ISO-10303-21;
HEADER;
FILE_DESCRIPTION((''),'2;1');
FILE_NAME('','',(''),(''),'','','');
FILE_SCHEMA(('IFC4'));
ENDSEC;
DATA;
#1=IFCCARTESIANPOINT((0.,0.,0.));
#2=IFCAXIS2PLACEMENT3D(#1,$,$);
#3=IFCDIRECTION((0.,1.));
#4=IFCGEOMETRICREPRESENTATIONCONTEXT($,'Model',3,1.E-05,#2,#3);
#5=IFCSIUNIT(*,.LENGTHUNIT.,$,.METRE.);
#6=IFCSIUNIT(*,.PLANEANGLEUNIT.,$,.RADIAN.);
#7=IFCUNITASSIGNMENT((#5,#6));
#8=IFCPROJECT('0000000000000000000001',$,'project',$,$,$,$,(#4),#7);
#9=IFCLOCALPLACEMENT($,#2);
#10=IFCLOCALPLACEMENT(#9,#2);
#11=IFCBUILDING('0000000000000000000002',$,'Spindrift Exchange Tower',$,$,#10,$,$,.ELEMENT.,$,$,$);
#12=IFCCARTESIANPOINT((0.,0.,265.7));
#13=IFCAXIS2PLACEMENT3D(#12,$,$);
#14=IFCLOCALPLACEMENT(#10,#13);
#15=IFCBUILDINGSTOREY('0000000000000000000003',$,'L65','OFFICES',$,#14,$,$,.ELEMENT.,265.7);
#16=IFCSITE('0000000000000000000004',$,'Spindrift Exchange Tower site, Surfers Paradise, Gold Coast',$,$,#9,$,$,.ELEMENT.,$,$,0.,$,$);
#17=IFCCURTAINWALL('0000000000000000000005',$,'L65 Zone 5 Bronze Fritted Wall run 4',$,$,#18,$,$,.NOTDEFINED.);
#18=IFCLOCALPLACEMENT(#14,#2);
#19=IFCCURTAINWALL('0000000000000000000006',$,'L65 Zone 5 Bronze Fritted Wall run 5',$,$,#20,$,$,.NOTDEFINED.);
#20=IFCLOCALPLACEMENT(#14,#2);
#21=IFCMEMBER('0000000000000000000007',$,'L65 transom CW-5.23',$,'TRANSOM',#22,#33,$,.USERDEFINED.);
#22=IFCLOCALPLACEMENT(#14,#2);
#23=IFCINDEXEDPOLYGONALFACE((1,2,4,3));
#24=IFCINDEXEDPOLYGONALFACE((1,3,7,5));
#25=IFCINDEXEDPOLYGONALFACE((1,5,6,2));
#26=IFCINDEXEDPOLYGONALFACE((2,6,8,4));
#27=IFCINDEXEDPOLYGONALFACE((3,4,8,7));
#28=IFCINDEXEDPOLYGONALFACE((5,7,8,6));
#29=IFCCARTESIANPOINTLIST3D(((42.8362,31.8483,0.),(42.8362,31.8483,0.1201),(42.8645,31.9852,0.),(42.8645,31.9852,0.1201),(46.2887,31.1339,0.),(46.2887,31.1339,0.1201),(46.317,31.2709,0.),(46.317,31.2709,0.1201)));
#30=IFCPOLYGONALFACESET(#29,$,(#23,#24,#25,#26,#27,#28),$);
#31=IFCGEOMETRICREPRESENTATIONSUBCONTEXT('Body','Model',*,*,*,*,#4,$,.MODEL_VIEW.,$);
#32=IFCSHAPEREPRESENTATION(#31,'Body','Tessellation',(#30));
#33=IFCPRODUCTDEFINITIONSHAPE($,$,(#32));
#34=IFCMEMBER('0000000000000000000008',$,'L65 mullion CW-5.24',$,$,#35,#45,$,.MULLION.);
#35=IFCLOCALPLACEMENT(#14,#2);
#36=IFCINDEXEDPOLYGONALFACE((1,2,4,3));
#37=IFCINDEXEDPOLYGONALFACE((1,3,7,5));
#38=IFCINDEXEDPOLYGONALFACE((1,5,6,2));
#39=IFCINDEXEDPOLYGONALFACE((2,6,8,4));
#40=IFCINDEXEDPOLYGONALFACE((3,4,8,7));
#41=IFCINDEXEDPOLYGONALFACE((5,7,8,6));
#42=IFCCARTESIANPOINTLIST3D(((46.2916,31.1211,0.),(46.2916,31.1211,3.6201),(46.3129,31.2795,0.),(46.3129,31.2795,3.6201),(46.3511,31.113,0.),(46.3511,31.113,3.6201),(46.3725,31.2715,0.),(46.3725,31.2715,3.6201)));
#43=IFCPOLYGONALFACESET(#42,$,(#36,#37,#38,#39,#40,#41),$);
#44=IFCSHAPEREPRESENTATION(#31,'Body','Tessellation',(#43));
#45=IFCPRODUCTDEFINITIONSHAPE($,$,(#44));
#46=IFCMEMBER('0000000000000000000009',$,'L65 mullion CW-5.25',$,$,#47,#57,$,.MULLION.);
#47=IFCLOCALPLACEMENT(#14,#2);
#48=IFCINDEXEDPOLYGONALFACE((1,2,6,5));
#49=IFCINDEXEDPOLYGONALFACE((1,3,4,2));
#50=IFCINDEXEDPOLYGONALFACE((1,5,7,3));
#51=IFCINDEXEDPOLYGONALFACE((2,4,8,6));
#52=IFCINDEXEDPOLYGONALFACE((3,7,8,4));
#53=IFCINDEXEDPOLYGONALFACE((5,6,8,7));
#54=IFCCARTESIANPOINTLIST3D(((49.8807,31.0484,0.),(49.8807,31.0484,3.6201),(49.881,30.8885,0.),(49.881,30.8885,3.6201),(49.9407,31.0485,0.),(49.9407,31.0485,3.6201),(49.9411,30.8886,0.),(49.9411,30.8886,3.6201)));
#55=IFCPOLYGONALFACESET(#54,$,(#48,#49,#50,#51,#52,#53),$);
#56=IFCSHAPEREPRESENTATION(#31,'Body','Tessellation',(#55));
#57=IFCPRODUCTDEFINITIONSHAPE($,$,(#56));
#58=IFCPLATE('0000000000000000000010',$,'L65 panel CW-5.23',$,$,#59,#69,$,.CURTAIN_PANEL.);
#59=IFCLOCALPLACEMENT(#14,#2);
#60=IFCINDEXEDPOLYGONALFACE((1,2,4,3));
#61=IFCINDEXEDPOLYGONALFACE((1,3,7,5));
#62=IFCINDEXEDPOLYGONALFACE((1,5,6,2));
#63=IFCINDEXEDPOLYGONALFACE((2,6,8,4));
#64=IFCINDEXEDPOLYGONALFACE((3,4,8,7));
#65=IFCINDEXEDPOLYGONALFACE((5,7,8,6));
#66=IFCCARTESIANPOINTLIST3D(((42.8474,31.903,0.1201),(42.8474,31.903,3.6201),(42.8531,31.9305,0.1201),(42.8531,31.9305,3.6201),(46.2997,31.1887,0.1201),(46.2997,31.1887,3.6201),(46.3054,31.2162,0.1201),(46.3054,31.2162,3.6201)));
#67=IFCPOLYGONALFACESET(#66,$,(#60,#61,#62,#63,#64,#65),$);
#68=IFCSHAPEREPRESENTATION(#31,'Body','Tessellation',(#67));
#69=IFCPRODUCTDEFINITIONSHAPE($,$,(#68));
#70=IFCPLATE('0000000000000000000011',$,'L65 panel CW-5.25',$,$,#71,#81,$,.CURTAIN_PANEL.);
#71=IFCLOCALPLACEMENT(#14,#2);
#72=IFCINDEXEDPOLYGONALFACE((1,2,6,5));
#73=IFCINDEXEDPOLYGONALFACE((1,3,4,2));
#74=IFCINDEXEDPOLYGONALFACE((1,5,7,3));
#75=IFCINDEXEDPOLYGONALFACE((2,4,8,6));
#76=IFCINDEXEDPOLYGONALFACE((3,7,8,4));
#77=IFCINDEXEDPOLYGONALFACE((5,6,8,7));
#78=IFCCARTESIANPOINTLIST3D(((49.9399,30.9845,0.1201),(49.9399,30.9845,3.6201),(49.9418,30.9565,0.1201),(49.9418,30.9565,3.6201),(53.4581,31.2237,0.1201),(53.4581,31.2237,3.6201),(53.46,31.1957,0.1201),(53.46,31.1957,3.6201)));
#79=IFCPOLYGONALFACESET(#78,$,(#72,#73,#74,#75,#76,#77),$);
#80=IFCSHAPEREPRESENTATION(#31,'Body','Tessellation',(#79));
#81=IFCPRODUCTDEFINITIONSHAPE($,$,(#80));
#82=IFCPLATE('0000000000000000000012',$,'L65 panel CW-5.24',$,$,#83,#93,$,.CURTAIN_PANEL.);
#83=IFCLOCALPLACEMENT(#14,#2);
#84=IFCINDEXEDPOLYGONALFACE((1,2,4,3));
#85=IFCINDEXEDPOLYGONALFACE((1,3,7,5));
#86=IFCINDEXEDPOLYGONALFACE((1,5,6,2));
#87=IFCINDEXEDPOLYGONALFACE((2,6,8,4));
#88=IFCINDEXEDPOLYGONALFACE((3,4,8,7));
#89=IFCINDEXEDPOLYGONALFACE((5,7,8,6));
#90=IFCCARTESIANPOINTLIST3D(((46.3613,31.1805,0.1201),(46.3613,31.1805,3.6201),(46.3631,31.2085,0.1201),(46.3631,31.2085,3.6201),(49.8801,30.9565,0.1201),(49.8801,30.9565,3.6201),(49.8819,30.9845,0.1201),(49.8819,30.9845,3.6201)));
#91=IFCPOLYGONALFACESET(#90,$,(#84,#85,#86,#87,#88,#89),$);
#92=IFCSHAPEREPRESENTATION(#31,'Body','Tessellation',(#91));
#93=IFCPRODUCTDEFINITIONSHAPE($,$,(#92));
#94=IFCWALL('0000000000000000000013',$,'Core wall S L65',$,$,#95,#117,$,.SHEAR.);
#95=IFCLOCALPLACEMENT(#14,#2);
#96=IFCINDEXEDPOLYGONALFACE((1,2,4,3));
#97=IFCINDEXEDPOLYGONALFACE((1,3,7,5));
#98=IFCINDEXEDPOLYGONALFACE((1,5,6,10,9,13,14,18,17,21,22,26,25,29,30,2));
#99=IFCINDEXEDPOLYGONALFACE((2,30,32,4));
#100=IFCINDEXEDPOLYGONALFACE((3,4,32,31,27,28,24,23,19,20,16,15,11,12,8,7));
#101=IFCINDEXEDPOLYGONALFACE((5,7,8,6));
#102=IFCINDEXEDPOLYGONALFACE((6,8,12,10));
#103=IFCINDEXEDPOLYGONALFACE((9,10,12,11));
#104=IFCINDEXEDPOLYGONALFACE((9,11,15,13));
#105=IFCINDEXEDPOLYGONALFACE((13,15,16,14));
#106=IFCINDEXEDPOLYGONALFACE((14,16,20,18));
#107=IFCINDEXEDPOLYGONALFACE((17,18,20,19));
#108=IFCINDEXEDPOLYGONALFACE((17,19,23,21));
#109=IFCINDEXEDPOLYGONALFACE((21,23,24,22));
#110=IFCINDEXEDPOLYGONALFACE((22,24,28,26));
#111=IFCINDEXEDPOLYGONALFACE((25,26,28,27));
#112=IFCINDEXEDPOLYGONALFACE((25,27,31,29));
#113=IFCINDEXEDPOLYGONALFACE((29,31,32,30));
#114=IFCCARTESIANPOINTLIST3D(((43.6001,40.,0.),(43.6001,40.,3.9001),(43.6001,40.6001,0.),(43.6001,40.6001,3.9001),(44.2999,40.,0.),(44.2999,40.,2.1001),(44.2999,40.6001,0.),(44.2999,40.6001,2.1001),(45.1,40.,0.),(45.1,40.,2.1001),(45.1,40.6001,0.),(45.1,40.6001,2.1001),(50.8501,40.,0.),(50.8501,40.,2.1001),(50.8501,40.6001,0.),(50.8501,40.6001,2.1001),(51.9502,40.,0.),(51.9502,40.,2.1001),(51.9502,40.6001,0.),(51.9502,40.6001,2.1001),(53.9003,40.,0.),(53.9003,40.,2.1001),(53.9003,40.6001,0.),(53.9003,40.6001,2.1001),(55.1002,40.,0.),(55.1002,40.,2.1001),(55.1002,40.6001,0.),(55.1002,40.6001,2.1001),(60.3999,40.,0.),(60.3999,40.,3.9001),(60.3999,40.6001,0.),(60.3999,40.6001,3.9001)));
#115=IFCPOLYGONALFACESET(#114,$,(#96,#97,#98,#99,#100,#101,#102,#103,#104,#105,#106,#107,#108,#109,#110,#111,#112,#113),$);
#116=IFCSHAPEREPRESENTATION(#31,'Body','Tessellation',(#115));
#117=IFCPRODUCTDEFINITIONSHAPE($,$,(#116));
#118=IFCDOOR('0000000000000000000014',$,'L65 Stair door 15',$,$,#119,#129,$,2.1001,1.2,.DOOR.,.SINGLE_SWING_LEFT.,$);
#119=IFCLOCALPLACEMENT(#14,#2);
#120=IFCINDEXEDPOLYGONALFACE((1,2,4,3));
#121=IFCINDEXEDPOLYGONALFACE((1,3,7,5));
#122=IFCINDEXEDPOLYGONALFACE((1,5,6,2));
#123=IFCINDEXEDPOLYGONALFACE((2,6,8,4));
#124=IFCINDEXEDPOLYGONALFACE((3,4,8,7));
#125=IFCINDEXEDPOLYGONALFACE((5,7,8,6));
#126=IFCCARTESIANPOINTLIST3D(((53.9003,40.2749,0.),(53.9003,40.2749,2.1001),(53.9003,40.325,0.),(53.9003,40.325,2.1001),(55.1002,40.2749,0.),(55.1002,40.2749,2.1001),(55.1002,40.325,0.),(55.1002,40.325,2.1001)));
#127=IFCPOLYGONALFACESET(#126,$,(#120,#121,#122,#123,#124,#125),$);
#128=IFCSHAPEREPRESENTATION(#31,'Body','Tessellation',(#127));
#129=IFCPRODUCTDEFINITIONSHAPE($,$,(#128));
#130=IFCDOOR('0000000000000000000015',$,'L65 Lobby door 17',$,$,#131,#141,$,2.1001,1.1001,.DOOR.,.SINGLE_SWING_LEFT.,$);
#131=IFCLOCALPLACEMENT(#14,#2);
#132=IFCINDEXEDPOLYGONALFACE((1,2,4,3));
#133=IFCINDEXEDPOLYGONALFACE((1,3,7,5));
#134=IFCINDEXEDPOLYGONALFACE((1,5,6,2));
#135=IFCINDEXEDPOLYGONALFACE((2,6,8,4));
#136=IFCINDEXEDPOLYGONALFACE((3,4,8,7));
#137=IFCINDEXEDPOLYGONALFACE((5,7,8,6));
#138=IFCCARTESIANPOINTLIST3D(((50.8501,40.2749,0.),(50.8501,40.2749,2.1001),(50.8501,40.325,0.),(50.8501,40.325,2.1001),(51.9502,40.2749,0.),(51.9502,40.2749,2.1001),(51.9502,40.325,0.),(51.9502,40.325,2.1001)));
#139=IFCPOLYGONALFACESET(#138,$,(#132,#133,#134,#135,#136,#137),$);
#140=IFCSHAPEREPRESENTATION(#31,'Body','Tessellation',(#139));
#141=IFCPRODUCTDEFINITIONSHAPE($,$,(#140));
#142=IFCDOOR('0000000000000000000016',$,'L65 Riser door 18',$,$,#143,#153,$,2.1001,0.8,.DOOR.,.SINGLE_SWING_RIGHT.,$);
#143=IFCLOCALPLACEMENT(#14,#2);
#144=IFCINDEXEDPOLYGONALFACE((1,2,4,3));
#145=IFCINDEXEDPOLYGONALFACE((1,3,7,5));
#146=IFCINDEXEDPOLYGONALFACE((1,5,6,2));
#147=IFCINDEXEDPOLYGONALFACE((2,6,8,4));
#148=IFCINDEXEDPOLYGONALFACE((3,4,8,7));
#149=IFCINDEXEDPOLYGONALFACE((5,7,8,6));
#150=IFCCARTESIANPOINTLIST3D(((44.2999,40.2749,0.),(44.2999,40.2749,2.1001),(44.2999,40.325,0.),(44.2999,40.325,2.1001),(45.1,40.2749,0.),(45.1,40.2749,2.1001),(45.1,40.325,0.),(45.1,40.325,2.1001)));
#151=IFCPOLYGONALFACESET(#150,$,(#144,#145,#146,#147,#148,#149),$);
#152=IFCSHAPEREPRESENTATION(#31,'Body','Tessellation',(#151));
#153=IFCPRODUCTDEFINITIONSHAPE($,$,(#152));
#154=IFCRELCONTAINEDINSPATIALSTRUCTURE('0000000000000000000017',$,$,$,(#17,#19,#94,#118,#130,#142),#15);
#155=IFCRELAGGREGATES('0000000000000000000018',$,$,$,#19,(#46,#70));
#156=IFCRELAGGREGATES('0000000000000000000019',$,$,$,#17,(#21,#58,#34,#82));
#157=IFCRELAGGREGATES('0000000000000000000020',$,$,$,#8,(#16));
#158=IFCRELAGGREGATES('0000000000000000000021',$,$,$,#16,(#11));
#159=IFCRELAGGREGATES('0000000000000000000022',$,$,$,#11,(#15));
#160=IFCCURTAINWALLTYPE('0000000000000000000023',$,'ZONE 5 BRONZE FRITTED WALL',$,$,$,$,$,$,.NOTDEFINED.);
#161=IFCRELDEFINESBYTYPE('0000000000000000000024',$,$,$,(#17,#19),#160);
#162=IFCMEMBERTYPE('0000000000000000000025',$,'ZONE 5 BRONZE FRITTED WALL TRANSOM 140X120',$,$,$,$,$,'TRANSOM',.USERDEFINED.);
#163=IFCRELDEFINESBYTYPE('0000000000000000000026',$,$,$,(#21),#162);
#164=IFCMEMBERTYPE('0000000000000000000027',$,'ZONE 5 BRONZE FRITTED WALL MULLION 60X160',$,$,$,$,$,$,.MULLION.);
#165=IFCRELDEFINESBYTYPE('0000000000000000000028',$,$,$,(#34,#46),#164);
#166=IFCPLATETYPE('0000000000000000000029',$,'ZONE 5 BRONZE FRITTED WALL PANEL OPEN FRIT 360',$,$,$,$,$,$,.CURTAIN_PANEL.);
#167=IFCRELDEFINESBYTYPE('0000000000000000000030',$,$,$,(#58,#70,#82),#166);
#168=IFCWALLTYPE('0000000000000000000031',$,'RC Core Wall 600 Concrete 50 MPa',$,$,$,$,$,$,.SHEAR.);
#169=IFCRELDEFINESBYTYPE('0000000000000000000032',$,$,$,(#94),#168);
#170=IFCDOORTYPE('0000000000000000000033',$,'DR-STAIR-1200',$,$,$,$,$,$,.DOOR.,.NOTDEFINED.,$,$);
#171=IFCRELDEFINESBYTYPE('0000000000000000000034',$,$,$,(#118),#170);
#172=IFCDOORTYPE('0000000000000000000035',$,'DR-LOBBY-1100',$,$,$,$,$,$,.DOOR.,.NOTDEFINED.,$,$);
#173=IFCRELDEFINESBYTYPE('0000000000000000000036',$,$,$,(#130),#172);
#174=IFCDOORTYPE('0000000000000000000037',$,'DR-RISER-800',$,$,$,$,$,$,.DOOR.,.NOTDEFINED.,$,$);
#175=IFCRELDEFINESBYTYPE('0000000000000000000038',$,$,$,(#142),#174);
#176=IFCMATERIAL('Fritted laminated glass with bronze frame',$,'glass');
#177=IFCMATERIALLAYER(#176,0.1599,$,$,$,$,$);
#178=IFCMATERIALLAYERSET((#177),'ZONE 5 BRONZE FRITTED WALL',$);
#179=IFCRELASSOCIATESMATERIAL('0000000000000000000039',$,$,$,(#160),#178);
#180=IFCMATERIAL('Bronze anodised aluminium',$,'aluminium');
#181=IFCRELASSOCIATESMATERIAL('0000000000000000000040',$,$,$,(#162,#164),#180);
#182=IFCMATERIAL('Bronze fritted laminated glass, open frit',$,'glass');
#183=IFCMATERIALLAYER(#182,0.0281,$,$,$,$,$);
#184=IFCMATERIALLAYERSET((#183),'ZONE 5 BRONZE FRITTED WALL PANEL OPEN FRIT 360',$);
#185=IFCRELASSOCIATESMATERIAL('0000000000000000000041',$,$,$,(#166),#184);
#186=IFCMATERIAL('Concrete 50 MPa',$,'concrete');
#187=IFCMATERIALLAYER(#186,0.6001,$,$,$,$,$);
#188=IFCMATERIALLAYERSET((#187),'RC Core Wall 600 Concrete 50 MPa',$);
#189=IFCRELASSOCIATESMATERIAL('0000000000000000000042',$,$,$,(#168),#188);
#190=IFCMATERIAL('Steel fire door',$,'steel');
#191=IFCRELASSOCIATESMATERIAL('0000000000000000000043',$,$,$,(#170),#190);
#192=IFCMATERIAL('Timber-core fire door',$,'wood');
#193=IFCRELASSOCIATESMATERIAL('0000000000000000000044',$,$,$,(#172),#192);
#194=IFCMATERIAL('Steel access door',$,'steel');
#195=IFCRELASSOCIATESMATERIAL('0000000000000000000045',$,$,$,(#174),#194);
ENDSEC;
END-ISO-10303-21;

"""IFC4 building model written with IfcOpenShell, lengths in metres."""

from ifc_helpers import new_model, si_unit, direction, frame, frame_2d, origin, origin_2d, place, context, subcontext, project, spatial, rectangle, extrude, source, transform, mapped, material, layer, layer_set, material_profile, profile_set, type_object, element, fill, aggregate, save


model = new_model("IFC4")

# Units and contexts
model_context = context("Model", 3, precision=1e-05, world=origin(), true_north=direction((0.0, 1.0)))
body_context = subcontext(model_context, "Body", "Model", "MODEL_VIEW")
ifc_project = project(units=[si_unit("LENGTHUNIT", "METRE"), si_unit("PLANEANGLEUNIT", "RADIAN")], contexts=[model_context])

# Site, building, storey
site_placement = place(None, origin())
site = spatial("IfcSite", under=ifc_project, at=site_placement, Name="Spindrift Exchange Tower site, Surfers Paradise, Gold Coast", CompositionType="ELEMENT", RefElevation=0.0)
building_placement = place(site_placement, origin())
building = spatial("IfcBuilding", under=site, at=building_placement, Name="Spindrift Exchange Tower", CompositionType="ELEMENT")
storey_placement = place(building_placement, frame((0.0, 0.0, 265.7)))
storey = spatial("IfcBuildingStorey", under=building, at=storey_placement, Name="L65", Description="OFFICES", CompositionType="ELEMENT", Elevation=265.7)

# Curtain walls
ifc_material_1 = material(Name="Fritted laminated glass with bronze frame", Category="glass")
ifc_layer_1 = layer(ifc_material_1, 0.1599)
ifc_layer_set_1 = layer_set([ifc_layer_1], Name="ZONE 5 BRONZE FRITTED WALL")
curtain_wall_type = type_object("IfcCurtainWallType", Name="ZONE 5 BRONZE FRITTED WALL", PredefinedType="NOTDEFINED", material=ifc_layer_set_1)
curtain_wall_1_placement = place(storey_placement, origin())
curtain_wall_1 = element("IfcCurtainWall", 1, at=curtain_wall_1_placement, inside=storey, type_object=curtain_wall_type, Name="L65 Zone 5 Bronze Fritted Wall run 4", PredefinedType="NOTDEFINED")
ifc_material_2 = material(Name="Bronze anodised aluminium", Category="aluminium")
ifc_material_profile_1 = material_profile(ifc_material_2, rectangle(XDim=0.1399, YDim=0.1201, at=origin_2d()), Name="ZONE 5 BRONZE FRITTED WALL TRANSOM 140X120")
ifc_profile_set_1 = profile_set([ifc_material_profile_1], Name="Bronze anodised aluminium")
member_type_1 = type_object("IfcMemberType", Name="ZONE 5 BRONZE FRITTED WALL TRANSOM 140X120", ElementType="TRANSOM", PredefinedType="USERDEFINED", material=ifc_profile_set_1)
curtain_wall_2_placement = place(storey_placement, origin())
curtain_wall_2 = element("IfcCurtainWall", 2, at=curtain_wall_2_placement, inside=storey, type_object=curtain_wall_type, Name="L65 Zone 5 Bronze Fritted Wall run 5", PredefinedType="NOTDEFINED")

# Members
shared_shape_1 = source(origin(), body_context, "Body", "SweptSolid", [
    extrude(rectangle(XDim=0.1399, YDim=0.1201, at=origin_2d()), origin(), (0.0, 0.0, 1.0), 3.5256),
])
member_1_placement = place(storey_placement, frame((42.8503, 31.9167, 0.0601), z_axis=(0.979257, -0.202624, 0.0), x_axis=(0.202624, 0.979257, 0.0)))
member_1 = element("IfcMember", 3, at=member_1_placement, type_object=member_type_1, Name="L65 transom CW-5.23", ObjectType="TRANSOM", PredefinedType="USERDEFINED", context=body_context, shape_type="MappedRepresentation", body=[
    mapped(shared_shape_1, transform((0.0, 0.0, 0.0), scale=1.0)),
])
ifc_material_profile_2 = material_profile(ifc_material_2, rectangle(XDim=0.0601, YDim=0.1599, at=origin_2d()), Name="ZONE 5 BRONZE FRITTED WALL MULLION 60X160")
ifc_profile_set_2 = profile_set([ifc_material_profile_2], Name="Bronze anodised aluminium")
member_type_2 = type_object("IfcMemberType", Name="ZONE 5 BRONZE FRITTED WALL MULLION 60X160", PredefinedType="MULLION", material=ifc_profile_set_2)
shared_shape_2 = source(origin(), body_context, "Body", "SweptSolid", [
    extrude(rectangle(XDim=0.0601, YDim=0.1599, at=origin_2d()), origin(), (0.0, 0.0, 1.0), 3.6201),
])
member_2_placement = place(storey_placement, frame((46.332, 31.1963, 0.0), z_axis=(0.0, 0.0, 1.0), x_axis=(0.991062, -0.133402, 0.0)))
member_2 = element("IfcMember", 4, at=member_2_placement, type_object=member_type_2, Name="L65 mullion CW-5.24", PredefinedType="MULLION", context=body_context, shape_type="MappedRepresentation", body=[
    mapped(shared_shape_2, transform((0.0, 0.0, 0.0), scale=1.0)),
])
member_3_placement = place(storey_placement, frame((49.9109, 30.9685, 0.0), z_axis=(0.0, 0.0, 1.0), x_axis=(0.999998, 0.002164, 0.0)))
member_3 = element("IfcMember", 5, at=member_3_placement, type_object=member_type_2, Name="L65 mullion CW-5.25", PredefinedType="MULLION", context=body_context, shape_type="MappedRepresentation", body=[
    mapped(shared_shape_2, transform((0.0, 0.0, 0.0), scale=1.0)),
])

# Plates
ifc_material_3 = material(Name="Bronze fritted laminated glass, open frit", Category="glass")
ifc_layer_2 = layer(ifc_material_3, 0.0281)
ifc_layer_set_2 = layer_set([ifc_layer_2], Name="ZONE 5 BRONZE FRITTED WALL PANEL OPEN FRIT 360")
plate_type = type_object("IfcPlateType", Name="ZONE 5 BRONZE FRITTED WALL PANEL OPEN FRIT 360", PredefinedType="CURTAIN_PANEL", material=ifc_layer_set_2)
shared_shape_3 = source(origin(), body_context, "Body", "SweptSolid", [
    extrude(rectangle(XDim=3.5254, YDim=0.0281, at=origin_2d()), origin(), (0.0, 0.0, 1.0), 3.5),
])
plate_1_placement = place(storey_placement, frame((44.5764, 31.5596, 0.1201), z_axis=(0.0, 0.0, 1.0), x_axis=(0.979257, -0.202623, 0.0)))
plate_1 = element("IfcPlate", 6, at=plate_1_placement, type_object=plate_type, Name="L65 panel CW-5.23", PredefinedType="CURTAIN_PANEL", context=body_context, shape_type="MappedRepresentation", body=[
    mapped(shared_shape_3, transform((0.0, 0.0, 0.0), scale=1.0)),
])
shared_shape_4 = source(origin(), body_context, "Body", "SweptSolid", [
    extrude(rectangle(XDim=3.5264, YDim=0.0281, at=origin_2d()), origin(), (0.0, 0.0, 1.0), 3.5),
])
plate_2_placement = place(storey_placement, frame((51.7, 31.0901, 0.1201), z_axis=(0.0, 0.0, 1.0), x_axis=(0.997696, 0.067843, 0.0)))
plate_2 = element("IfcPlate", 7, at=plate_2_placement, type_object=plate_type, Name="L65 panel CW-5.25", PredefinedType="CURTAIN_PANEL", context=body_context, shape_type="MappedRepresentation", body=[
    mapped(shared_shape_4, transform((0.0, 0.0, 0.0), scale=1.0)),
])
aggregate(curtain_wall_2, [member_3, plate_2])
shared_shape_5 = source(origin(), body_context, "Body", "SweptSolid", [
    extrude(rectangle(XDim=3.5259, YDim=0.0281, at=origin_2d()), origin(), (0.0, 0.0, 1.0), 3.5),
])
plate_3_placement = place(storey_placement, frame((48.1216, 31.0825, 0.1201), z_axis=(0.0, 0.0, 1.0), x_axis=(0.99798, -0.063524, 0.0)))
plate_3 = element("IfcPlate", 8, at=plate_3_placement, type_object=plate_type, Name="L65 panel CW-5.24", PredefinedType="CURTAIN_PANEL", context=body_context, shape_type="MappedRepresentation", body=[
    mapped(shared_shape_5, transform((0.0, 0.0, 0.0), scale=1.0)),
])
aggregate(curtain_wall_1, [member_1, plate_1, member_2, plate_3])

# Wall, openings, doors
ifc_material_4 = material(Name="Concrete 50 MPa", Category="concrete")
ifc_layer_3 = layer(ifc_material_4, 0.6001)
ifc_layer_set_3 = layer_set([ifc_layer_3], Name="RC Core Wall 600 Concrete 50 MPa")
wall_type_1 = type_object("IfcWallType", Name="RC Core Wall 600 Concrete 50 MPa", PredefinedType="SHEAR", material=ifc_layer_set_3)
wall_1_placement = place(storey_placement, frame((43.6001, 40.3, 0.0), z_axis=(0.0, 0.0, 1.0), x_axis=(1.0, 0.0, 0.0)))
wall_1 = element("IfcWall", 9, at=wall_1_placement, inside=storey, type_object=wall_type_1, Name="Core wall S L65", PredefinedType="SHEAR", context=body_context, shape_type="SweptSolid", body=[
    extrude(rectangle(XDim=16.7998, YDim=0.6001, at=frame_2d((8.3999, 0.0))), origin(), (0.0, 0.0, 1.0), 3.9001),
])
opening_1_placement = place(wall_1_placement, frame((10.3, 0.0, 0.0)))
opening_1 = element("IfcOpeningElement", 10, at=opening_1_placement, cuts=wall_1, PredefinedType="OPENING", context=body_context, shape_type="SweptSolid", body=[
    extrude(rectangle(XDim=1.2, YDim=2.1001, at=frame_2d((0.6001, 1.05))), frame((0.0, 0.3101, 0.0), z_axis=(0.0, -1.0, 0.0), x_axis=(1.0, 0.0, 0.0)), (0.0, 0.0, 1.0), 0.6201),
])
opening_2_placement = place(wall_1_placement, frame((7.25, 0.0, 0.0)))
opening_2 = element("IfcOpeningElement", 11, at=opening_2_placement, cuts=wall_1, PredefinedType="OPENING", context=body_context, shape_type="SweptSolid", body=[
    extrude(rectangle(XDim=1.1001, YDim=2.1001, at=frame_2d((0.55, 1.05))), frame((0.0, 0.3101, 0.0), z_axis=(0.0, -1.0, 0.0), x_axis=(1.0, 0.0, 0.0)), (0.0, 0.0, 1.0), 0.6201),
])
opening_3_placement = place(wall_1_placement, frame((0.7, 0.0, 0.0)))
opening_3 = element("IfcOpeningElement", 12, at=opening_3_placement, cuts=wall_1, PredefinedType="OPENING", context=body_context, shape_type="SweptSolid", body=[
    extrude(rectangle(XDim=0.8, YDim=2.1001, at=frame_2d((0.3999, 1.05))), frame((0.0, 0.3101, 0.0), z_axis=(0.0, -1.0, 0.0), x_axis=(1.0, 0.0, 0.0)), (0.0, 0.0, 1.0), 0.6201),
])
ifc_material_5 = material(Name="Steel fire door", Category="steel")
door_type_1 = type_object("IfcDoorType", Name="DR-STAIR-1200", OperationType="NOTDEFINED", PredefinedType="DOOR", material=ifc_material_5)
shared_shape_6 = source(origin(), body_context, "Body", "SweptSolid", [
    extrude(rectangle(XDim=1.2, YDim=2.1001, at=frame_2d((0.6001, 1.05))), frame((0.0, 0.0249, 0.0), z_axis=(0.0, -1.0, 0.0), x_axis=(1.0, 0.0, 0.0)), (0.0, 0.0, 1.0), 0.05),
])
door_1_placement = place(opening_1_placement, origin())
door_1 = element("IfcDoor", 13, at=door_1_placement, inside=storey, type_object=door_type_1, Name="L65 Stair door 15", OperationType="SINGLE_SWING_LEFT", OverallHeight=2.1001, OverallWidth=1.2, PredefinedType="DOOR", context=body_context, shape_type="MappedRepresentation", body=[
    mapped(shared_shape_6, transform((0.0, 0.0, 0.0), scale=1.0)),
])
fill(opening_1, door_1)
ifc_material_6 = material(Name="Timber-core fire door", Category="wood")
door_type_2 = type_object("IfcDoorType", Name="DR-LOBBY-1100", OperationType="NOTDEFINED", PredefinedType="DOOR", material=ifc_material_6)
shared_shape_7 = source(origin(), body_context, "Body", "SweptSolid", [
    extrude(rectangle(XDim=1.1001, YDim=2.1001, at=frame_2d((0.55, 1.05))), frame((0.0, 0.0249, 0.0), z_axis=(0.0, -1.0, 0.0), x_axis=(1.0, 0.0, 0.0)), (0.0, 0.0, 1.0), 0.05),
])
door_2_placement = place(opening_2_placement, origin())
door_2 = element("IfcDoor", 14, at=door_2_placement, inside=storey, type_object=door_type_2, Name="L65 Lobby door 17", OperationType="SINGLE_SWING_LEFT", OverallHeight=2.1001, OverallWidth=1.1001, PredefinedType="DOOR", context=body_context, shape_type="MappedRepresentation", body=[
    mapped(shared_shape_7, transform((0.0, 0.0, 0.0), scale=1.0)),
])
fill(opening_2, door_2)
ifc_material_7 = material(Name="Steel access door", Category="steel")
door_type_3 = type_object("IfcDoorType", Name="DR-RISER-800", OperationType="NOTDEFINED", PredefinedType="DOOR", material=ifc_material_7)
shared_shape_8 = source(origin(), body_context, "Body", "SweptSolid", [
    extrude(rectangle(XDim=0.8, YDim=2.1001, at=frame_2d((0.3999, 1.05))), frame((0.0, 0.0249, 0.0), z_axis=(0.0, -1.0, 0.0), x_axis=(1.0, 0.0, 0.0)), (0.0, 0.0, 1.0), 0.05),
])
door_3_placement = place(opening_3_placement, origin())
door_3 = element("IfcDoor", 15, at=door_3_placement, inside=storey, type_object=door_type_3, Name="L65 Riser door 18", OperationType="SINGLE_SWING_RIGHT", OverallHeight=2.1001, OverallWidth=0.8, PredefinedType="DOOR", context=body_context, shape_type="MappedRepresentation", body=[
    mapped(shared_shape_8, transform((0.0, 0.0, 0.0), scale=1.0)),
])
fill(opening_3, door_3)

save(model, "model.ifc")
